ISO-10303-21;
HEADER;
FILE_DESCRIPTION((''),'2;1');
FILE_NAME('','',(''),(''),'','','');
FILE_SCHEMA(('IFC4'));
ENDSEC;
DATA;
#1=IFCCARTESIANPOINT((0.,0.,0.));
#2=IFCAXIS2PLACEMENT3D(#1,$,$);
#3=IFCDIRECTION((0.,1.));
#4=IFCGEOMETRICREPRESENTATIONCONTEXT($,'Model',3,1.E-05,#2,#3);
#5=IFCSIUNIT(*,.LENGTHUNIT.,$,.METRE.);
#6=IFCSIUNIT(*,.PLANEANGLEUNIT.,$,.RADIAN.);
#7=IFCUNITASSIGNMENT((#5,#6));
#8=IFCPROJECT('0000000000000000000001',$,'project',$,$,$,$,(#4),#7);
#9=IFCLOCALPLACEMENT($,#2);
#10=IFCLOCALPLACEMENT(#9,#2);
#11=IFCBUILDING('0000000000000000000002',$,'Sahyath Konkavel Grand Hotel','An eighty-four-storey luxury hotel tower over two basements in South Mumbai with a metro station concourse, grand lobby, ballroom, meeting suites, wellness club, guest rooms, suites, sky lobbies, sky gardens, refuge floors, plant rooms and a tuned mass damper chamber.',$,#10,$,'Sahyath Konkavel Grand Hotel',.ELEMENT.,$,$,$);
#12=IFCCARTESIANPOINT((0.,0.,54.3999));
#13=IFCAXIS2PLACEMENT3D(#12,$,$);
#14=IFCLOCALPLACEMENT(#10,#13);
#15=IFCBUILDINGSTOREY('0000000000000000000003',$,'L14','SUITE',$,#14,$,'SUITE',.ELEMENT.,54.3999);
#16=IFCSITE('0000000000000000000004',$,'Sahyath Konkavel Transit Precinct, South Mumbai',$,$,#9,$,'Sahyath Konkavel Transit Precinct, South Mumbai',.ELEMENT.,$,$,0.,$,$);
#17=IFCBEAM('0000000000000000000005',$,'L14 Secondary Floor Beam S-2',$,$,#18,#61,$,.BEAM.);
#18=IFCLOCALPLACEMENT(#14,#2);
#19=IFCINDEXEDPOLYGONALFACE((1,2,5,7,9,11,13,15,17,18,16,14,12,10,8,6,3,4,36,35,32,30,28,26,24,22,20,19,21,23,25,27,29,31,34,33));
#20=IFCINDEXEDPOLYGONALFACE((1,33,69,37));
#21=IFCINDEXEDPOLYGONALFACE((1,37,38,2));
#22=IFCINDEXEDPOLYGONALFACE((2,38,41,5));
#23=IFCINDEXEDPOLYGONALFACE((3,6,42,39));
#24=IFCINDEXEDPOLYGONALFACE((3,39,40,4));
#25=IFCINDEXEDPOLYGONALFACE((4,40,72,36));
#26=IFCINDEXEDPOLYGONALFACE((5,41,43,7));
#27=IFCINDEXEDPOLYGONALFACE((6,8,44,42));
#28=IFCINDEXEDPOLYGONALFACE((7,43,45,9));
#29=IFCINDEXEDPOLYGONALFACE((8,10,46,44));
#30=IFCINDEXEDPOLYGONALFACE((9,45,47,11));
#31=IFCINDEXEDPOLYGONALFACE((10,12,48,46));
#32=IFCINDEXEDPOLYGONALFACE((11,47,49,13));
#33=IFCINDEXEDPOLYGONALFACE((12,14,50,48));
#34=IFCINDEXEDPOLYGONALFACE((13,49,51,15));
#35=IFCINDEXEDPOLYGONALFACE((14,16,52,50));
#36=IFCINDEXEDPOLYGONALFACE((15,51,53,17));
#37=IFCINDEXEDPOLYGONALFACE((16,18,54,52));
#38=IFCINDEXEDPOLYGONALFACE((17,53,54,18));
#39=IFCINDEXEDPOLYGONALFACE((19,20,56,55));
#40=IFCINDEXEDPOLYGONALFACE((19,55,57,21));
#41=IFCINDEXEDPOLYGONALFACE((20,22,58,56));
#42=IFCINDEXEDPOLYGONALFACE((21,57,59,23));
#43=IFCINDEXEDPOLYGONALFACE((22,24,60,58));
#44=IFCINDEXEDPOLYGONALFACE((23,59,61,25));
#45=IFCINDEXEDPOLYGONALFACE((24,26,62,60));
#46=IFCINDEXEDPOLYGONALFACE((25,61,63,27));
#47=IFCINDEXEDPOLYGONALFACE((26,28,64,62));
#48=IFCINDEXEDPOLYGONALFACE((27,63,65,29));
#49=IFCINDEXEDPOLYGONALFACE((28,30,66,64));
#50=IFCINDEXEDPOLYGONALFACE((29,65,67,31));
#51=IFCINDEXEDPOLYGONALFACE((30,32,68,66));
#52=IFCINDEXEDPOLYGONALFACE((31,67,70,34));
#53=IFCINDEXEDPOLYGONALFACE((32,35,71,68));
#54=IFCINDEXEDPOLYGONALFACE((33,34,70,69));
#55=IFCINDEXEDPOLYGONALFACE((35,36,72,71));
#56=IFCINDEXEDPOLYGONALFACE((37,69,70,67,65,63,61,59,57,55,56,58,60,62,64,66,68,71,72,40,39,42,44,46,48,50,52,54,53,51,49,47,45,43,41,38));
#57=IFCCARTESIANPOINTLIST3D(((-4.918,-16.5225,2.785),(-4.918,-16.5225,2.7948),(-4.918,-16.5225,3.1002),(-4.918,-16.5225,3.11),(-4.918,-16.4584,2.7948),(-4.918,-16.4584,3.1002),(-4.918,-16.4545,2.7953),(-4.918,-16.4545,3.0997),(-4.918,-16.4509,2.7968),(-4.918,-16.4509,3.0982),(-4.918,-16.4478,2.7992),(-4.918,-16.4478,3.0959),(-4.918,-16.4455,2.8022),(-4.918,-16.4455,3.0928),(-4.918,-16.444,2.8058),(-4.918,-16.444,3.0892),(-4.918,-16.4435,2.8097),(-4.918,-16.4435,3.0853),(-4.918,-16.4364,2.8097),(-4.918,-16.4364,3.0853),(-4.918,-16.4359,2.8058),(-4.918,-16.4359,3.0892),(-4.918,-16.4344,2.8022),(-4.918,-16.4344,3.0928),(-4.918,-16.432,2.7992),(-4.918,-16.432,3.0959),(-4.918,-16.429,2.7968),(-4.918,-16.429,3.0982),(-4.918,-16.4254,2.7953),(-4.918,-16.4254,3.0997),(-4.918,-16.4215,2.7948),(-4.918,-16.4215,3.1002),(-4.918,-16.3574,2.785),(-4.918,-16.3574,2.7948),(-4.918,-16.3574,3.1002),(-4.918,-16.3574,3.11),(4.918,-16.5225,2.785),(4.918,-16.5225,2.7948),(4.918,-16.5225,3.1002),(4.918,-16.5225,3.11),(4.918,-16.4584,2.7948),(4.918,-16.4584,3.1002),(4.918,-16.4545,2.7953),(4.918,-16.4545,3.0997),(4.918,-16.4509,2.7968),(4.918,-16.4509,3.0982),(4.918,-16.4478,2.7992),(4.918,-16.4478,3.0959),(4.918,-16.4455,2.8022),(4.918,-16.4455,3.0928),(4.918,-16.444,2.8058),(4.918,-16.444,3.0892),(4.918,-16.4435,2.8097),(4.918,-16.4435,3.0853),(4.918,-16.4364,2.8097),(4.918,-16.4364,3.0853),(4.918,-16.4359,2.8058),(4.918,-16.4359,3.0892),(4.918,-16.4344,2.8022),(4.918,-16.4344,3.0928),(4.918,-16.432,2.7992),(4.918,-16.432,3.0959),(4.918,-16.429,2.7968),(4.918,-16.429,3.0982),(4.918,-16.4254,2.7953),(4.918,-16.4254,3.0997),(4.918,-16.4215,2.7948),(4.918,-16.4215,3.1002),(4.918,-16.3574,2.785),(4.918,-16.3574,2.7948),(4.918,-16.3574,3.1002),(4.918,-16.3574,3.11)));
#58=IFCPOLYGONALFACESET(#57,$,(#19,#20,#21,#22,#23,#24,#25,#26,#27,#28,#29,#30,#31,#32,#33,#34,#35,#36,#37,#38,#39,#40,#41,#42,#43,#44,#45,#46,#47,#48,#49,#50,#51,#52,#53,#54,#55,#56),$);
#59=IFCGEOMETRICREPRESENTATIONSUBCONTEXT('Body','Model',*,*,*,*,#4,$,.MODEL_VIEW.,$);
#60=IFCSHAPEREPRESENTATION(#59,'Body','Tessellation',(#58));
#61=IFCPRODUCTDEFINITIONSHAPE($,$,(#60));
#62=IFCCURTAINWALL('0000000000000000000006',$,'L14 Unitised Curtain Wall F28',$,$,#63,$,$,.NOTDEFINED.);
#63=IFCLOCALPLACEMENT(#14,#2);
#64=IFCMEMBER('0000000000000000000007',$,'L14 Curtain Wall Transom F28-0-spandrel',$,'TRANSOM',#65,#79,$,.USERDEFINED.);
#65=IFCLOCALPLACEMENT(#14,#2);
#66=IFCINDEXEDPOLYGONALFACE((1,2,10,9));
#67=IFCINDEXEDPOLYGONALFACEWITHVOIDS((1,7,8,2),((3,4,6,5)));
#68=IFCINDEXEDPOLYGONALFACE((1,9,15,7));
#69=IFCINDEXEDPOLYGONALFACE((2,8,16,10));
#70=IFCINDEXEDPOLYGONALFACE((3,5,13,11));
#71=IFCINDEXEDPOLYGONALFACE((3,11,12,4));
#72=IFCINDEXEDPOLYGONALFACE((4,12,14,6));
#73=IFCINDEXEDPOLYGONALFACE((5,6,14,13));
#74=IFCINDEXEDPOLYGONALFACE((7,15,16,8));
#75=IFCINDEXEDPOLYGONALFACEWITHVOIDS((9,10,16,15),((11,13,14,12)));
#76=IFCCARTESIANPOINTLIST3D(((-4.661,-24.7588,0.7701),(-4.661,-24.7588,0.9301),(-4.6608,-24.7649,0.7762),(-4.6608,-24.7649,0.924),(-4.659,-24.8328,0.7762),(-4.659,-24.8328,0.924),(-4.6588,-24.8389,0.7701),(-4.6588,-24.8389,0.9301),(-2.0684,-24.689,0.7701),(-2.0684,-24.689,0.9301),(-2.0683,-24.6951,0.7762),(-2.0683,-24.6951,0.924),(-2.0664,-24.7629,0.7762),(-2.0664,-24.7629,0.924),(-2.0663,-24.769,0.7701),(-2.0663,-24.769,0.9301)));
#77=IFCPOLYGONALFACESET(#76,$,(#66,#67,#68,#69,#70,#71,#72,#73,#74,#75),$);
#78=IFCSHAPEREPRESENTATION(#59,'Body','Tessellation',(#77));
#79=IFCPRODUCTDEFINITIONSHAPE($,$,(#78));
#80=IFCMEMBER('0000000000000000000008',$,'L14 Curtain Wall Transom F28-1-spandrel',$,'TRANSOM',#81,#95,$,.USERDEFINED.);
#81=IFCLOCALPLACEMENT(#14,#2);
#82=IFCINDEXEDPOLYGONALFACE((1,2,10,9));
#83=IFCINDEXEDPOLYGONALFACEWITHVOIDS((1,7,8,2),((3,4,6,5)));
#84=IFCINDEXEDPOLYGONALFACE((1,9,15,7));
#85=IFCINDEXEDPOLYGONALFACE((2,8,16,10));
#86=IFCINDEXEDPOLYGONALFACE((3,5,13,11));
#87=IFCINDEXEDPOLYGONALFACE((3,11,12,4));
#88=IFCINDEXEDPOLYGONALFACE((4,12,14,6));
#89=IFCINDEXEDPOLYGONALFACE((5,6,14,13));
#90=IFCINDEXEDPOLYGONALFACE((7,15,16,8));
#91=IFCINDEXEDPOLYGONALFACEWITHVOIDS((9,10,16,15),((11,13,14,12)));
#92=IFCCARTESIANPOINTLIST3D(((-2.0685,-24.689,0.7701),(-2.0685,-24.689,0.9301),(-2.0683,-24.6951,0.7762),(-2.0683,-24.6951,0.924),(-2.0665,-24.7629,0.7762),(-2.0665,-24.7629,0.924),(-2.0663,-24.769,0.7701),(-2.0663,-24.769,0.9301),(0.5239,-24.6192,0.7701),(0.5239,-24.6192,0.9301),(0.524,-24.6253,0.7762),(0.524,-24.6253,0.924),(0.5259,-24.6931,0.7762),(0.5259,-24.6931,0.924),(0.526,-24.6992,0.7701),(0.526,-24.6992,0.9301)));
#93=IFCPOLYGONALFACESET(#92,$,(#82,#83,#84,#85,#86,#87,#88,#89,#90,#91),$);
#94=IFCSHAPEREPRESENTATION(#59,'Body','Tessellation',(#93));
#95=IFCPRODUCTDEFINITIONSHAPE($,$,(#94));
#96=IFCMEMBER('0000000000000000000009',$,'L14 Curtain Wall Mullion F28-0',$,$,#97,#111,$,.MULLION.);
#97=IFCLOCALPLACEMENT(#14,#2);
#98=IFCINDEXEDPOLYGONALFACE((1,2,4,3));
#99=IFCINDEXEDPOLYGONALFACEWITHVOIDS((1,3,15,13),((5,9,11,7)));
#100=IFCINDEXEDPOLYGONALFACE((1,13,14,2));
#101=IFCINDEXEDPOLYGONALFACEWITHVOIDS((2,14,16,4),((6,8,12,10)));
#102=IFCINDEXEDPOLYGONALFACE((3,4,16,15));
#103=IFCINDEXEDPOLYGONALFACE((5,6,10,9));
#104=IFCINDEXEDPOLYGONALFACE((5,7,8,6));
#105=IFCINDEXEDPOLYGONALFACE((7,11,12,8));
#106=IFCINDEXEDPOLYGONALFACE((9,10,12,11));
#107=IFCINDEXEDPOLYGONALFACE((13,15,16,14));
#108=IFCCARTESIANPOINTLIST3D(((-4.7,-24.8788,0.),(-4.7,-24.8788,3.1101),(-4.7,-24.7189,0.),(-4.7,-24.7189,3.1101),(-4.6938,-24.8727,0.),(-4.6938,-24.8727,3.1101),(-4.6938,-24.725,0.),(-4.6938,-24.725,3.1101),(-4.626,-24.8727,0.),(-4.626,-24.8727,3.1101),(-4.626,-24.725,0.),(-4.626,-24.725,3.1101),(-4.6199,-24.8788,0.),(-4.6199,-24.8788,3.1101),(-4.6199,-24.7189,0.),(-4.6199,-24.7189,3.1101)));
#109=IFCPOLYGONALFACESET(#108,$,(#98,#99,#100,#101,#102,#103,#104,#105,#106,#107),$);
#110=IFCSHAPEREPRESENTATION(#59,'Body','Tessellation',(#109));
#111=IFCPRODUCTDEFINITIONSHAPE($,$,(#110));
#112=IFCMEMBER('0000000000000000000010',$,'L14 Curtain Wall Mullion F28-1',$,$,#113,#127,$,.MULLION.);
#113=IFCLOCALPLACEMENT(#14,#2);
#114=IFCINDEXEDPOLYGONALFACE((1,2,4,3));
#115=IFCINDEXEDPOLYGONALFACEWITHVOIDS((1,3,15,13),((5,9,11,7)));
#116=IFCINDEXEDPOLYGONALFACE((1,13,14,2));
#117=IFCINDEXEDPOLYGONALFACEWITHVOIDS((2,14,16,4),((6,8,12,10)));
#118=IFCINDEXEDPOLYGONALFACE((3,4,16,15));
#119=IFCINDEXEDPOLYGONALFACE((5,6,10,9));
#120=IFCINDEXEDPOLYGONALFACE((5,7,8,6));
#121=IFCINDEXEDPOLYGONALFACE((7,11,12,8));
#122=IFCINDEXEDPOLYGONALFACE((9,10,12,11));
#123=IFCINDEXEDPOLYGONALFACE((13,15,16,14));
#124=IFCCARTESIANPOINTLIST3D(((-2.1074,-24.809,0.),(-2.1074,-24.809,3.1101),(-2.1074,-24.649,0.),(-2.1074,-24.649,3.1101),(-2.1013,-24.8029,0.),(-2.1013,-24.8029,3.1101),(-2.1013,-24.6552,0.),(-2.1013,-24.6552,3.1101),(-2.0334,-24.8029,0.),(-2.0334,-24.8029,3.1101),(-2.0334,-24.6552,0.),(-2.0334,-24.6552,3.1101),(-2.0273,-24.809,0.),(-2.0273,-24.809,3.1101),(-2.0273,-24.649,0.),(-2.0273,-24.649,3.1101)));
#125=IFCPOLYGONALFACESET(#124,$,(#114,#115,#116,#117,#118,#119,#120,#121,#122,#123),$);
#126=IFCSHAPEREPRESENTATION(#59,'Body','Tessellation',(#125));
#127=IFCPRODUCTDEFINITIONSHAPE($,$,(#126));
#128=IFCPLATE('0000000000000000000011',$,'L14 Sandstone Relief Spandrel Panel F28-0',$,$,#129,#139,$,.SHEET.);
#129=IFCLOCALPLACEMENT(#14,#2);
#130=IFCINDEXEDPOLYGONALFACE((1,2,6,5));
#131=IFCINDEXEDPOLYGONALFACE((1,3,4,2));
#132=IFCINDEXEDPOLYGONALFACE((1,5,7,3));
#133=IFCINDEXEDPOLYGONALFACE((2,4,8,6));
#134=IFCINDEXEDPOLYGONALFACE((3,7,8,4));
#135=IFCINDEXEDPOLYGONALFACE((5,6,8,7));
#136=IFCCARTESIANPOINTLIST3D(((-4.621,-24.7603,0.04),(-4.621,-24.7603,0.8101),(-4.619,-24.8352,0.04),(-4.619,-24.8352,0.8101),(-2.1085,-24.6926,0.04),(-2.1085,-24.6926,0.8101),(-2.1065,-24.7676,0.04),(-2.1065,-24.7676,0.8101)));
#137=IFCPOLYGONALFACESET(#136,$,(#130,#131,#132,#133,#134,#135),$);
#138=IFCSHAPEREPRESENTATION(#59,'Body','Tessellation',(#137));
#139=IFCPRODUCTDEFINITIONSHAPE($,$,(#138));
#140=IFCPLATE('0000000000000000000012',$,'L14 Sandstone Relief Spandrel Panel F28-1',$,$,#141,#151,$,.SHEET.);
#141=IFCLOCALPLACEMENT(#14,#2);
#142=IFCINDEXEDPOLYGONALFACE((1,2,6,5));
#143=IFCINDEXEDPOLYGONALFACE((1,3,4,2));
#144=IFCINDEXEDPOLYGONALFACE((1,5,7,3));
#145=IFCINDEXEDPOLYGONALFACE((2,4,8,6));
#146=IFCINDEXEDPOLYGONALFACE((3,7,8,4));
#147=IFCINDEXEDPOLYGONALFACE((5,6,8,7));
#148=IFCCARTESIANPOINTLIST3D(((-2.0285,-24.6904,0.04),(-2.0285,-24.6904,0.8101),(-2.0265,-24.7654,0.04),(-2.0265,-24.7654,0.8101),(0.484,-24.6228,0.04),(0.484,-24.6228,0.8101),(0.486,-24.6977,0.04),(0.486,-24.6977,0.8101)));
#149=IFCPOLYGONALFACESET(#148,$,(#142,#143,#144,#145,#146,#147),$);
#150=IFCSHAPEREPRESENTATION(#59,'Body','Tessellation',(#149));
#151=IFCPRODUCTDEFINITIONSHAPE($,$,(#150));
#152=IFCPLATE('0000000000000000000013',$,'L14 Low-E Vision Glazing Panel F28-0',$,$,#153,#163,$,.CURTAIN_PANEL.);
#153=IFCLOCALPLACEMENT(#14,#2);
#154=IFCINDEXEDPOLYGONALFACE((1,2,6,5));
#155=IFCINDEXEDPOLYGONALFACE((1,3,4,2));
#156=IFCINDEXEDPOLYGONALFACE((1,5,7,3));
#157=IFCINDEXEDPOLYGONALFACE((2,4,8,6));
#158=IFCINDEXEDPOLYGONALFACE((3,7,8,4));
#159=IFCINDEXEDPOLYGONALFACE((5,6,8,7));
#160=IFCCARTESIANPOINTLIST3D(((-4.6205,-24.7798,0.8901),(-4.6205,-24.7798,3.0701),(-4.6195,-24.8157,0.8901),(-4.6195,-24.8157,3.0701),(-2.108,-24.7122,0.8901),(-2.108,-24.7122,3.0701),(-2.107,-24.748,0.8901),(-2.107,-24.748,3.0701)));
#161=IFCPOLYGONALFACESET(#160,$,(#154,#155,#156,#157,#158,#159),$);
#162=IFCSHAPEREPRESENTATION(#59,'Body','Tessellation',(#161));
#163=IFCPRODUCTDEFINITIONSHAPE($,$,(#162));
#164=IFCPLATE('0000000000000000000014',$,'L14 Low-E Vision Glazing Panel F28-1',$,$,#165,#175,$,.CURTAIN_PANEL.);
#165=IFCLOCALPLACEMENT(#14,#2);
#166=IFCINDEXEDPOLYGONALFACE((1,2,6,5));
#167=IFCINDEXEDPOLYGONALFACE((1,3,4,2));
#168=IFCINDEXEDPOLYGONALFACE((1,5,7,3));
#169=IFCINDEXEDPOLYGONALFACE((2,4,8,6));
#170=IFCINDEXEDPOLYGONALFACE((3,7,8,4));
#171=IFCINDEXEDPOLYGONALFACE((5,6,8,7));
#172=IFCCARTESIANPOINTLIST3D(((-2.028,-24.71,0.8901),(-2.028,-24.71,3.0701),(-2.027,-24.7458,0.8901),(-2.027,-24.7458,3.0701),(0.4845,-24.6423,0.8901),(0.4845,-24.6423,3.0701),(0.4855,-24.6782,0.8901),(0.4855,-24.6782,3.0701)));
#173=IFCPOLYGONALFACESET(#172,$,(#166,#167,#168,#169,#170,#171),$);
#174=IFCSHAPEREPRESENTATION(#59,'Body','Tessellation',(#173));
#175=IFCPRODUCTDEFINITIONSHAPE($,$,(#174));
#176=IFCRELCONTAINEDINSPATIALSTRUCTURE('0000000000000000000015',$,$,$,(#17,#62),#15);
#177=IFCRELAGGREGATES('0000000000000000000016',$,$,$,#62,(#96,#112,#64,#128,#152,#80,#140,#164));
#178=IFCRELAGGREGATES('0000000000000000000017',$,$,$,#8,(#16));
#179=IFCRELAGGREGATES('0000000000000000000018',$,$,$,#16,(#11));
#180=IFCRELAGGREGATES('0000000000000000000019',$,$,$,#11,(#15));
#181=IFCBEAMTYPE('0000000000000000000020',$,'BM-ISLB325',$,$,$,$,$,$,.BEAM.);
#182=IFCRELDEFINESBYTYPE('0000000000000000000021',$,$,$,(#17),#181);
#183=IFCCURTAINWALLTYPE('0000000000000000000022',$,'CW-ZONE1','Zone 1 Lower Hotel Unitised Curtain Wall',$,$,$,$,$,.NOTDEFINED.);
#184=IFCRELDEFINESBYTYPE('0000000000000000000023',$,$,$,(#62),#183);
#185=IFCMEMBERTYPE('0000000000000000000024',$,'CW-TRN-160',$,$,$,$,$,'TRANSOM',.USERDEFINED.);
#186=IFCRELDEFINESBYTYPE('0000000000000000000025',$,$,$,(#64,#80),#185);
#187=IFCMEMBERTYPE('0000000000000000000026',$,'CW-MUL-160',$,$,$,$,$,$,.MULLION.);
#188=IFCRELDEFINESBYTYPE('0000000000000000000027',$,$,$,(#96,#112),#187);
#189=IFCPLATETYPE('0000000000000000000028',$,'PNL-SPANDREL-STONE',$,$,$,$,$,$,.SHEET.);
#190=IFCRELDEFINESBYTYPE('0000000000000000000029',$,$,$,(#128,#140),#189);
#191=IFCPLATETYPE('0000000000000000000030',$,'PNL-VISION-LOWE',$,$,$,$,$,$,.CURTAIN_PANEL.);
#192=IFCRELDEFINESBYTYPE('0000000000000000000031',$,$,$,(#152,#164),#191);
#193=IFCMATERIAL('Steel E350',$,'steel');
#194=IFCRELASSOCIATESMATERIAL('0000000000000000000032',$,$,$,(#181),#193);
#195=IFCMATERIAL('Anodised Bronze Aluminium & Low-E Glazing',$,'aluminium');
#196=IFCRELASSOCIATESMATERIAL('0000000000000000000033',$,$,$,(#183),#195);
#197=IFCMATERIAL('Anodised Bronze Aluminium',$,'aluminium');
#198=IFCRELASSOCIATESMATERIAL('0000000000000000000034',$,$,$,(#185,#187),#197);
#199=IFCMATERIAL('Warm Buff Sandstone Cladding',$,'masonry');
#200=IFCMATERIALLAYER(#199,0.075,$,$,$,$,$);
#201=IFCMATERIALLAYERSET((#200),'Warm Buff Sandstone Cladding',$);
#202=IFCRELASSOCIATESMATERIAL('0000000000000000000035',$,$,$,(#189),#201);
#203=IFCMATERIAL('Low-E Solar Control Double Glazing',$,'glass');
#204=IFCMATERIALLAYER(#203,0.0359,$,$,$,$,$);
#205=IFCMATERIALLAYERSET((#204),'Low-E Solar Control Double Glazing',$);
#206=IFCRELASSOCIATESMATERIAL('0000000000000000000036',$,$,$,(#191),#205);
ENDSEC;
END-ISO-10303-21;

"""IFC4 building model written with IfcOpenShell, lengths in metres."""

from ifc_helpers import new_model, si_unit, direction, frame, origin, origin_2d, place, context, subcontext, project, spatial, rectangle, hollow_rectangle, i_section, extrude, source, transform, mapped, material, layer, layer_set, material_profile, profile_set, type_object, element, aggregate, save


model = new_model("IFC4")

# Units and contexts
model_context = context("Model", 3, precision=1e-05, world=origin(), true_north=direction((0.0, 1.0)))
body_context = subcontext(model_context, "Body", "Model", "MODEL_VIEW")
ifc_project = project(units=[si_unit("LENGTHUNIT", "METRE"), si_unit("PLANEANGLEUNIT", "RADIAN")], contexts=[model_context])

# Site, building, storey
site_placement = place(None, origin())
site = spatial("IfcSite", under=ifc_project, at=site_placement, Name="Sahyath Konkavel Transit Precinct, South Mumbai", LongName="Sahyath Konkavel Transit Precinct, South Mumbai", CompositionType="ELEMENT", RefElevation=0.0)
building_placement = place(site_placement, origin())
building = spatial("IfcBuilding", under=site, at=building_placement, Name="Sahyath Konkavel Grand Hotel", Description="An eighty-four-storey luxury hotel tower over two basements in South Mumbai with a metro station concourse, grand lobby, ballroom, meeting suites, wellness club, guest rooms, suites, sky lobbies, sky gardens, refuge floors, plant rooms and a tuned mass damper chamber.", LongName="Sahyath Konkavel Grand Hotel", CompositionType="ELEMENT")
storey_placement = place(building_placement, frame((0.0, 0.0, 54.3999)))
storey = spatial("IfcBuildingStorey", under=building, at=storey_placement, Name="L14", Description="SUITE", LongName="SUITE", CompositionType="ELEMENT", Elevation=54.3999)

# Beam
ifc_material_1 = material(Name="Steel E350", Category="steel")
ifc_material_profile_1 = material_profile(ifc_material_1, i_section(OverallWidth=0.165, OverallDepth=0.325, WebThickness=0.0071, FlangeThickness=0.0098, FilletRadius=0.0149, at=origin_2d()), Name="ISLB 325")
ifc_profile_set_1 = profile_set([ifc_material_profile_1], Name="Steel E350")
beam_type_1 = type_object("IfcBeamType", Name="BM-ISLB325", PredefinedType="BEAM", material=ifc_profile_set_1)
shared_shape_1 = source(origin(), body_context, "Body", "SweptSolid", [
    extrude(i_section(OverallWidth=0.165, OverallDepth=0.325, WebThickness=0.0071, FlangeThickness=0.0098, FilletRadius=0.0149, at=origin_2d()), origin(), (0.0, 0.0, 1.0), 9.8359),
])
beam_1_placement = place(storey_placement, frame((-4.918, -16.4399, 2.9475), z_axis=(1.0, 0.0, 0.0), x_axis=(0.0, 1.0, 0.0)))
element("IfcBeam", 1, at=beam_1_placement, inside=storey, type_object=beam_type_1, Name="L14 Secondary Floor Beam S-2", PredefinedType="BEAM", context=body_context, shape_type="MappedRepresentation", body=[
    mapped(shared_shape_1, transform((0.0, 0.0, 0.0), scale=1.0)),
])

# Curtain wall, members, plates
ifc_material_2 = material(Name="Anodised Bronze Aluminium & Low-E Glazing", Category="aluminium")
curtain_wall_type = type_object("IfcCurtainWallType", Name="CW-ZONE1", Description="Zone 1 Lower Hotel Unitised Curtain Wall", PredefinedType="NOTDEFINED", material=ifc_material_2)
curtain_wall_placement = place(storey_placement, origin())
curtain_wall = element("IfcCurtainWall", 2, at=curtain_wall_placement, inside=storey, type_object=curtain_wall_type, Name="L14 Unitised Curtain Wall F28", PredefinedType="NOTDEFINED")
ifc_material_3 = material(Name="Anodised Bronze Aluminium", Category="aluminium")
ifc_material_profile_2 = material_profile(ifc_material_3, hollow_rectangle(XDim=0.0801, YDim=0.1599, WallThickness=0.0061, at=origin_2d()), Name="RHS 160x80x6")
ifc_profile_set_2 = profile_set([ifc_material_profile_2], Name="Anodised Bronze Aluminium")
member_type_1 = type_object("IfcMemberType", Name="CW-TRN-160", ElementType="TRANSOM", PredefinedType="USERDEFINED", material=ifc_profile_set_2)
shared_shape_2 = source(origin(), body_context, "Body", "SweptSolid", [
    extrude(hollow_rectangle(XDim=0.0801, YDim=0.1599, WallThickness=0.0061, at=origin_2d()), origin(), (0.0, 0.0, 1.0), 2.5935),
])
member_1_placement = place(storey_placement, frame((-4.6599, -24.7988, 0.8501), z_axis=(0.999638, 0.026923, 0.0), x_axis=(-0.026923, 0.999638, 0.0)))
member_1 = element("IfcMember", 3, at=member_1_placement, type_object=member_type_1, Name="L14 Curtain Wall Transom F28-0-spandrel", ObjectType="TRANSOM", PredefinedType="USERDEFINED", context=body_context, shape_type="MappedRepresentation", body=[
    mapped(shared_shape_2, transform((0.0, 0.0, 0.0), scale=1.0)),
])
shared_shape_3 = source(origin(), body_context, "Body", "SweptSolid", [
    extrude(hollow_rectangle(XDim=0.0801, YDim=0.1599, WallThickness=0.0061, at=origin_2d()), origin(), (0.0, 0.0, 1.0), 2.5933),
])
member_2_placement = place(storey_placement, frame((-2.0674, -24.729, 0.8501), z_axis=(0.999637, 0.026926, 0.0), x_axis=(-0.026926, 0.999637, 0.0)))
member_2 = element("IfcMember", 4, at=member_2_placement, type_object=member_type_1, Name="L14 Curtain Wall Transom F28-1-spandrel", ObjectType="TRANSOM", PredefinedType="USERDEFINED", context=body_context, shape_type="MappedRepresentation", body=[
    mapped(shared_shape_3, transform((0.0, 0.0, 0.0), scale=1.0)),
])
ifc_material_profile_3 = material_profile(ifc_material_3, hollow_rectangle(XDim=0.0801, YDim=0.1599, WallThickness=0.0061, at=origin_2d()), Name="RHS 160x80x6")
ifc_profile_set_3 = profile_set([ifc_material_profile_3], Name="Anodised Bronze Aluminium")
member_type_2 = type_object("IfcMemberType", Name="CW-MUL-160", PredefinedType="MULLION", material=ifc_profile_set_3)
shared_shape_4 = source(origin(), body_context, "Body", "SweptSolid", [
    extrude(hollow_rectangle(XDim=0.0801, YDim=0.1599, WallThickness=0.0061, at=origin_2d()), origin(), (0.0, 0.0, 1.0), 3.1101),
])
member_3_placement = place(storey_placement, frame((-4.6599, -24.7988, 0.0), z_axis=(0.0, 0.0, 1.0), x_axis=(1.0, 0.0, 0.0)))
member_3 = element("IfcMember", 5, at=member_3_placement, type_object=member_type_2, Name="L14 Curtain Wall Mullion F28-0", PredefinedType="MULLION", context=body_context, shape_type="MappedRepresentation", body=[
    mapped(shared_shape_4, transform((0.0, 0.0, 0.0), scale=1.0)),
])
member_4_placement = place(storey_placement, frame((-2.0674, -24.729, 0.0), z_axis=(0.0, 0.0, 1.0), x_axis=(1.0, 0.0, 0.0)))
member_4 = element("IfcMember", 6, at=member_4_placement, type_object=member_type_2, Name="L14 Curtain Wall Mullion F28-1", PredefinedType="MULLION", context=body_context, shape_type="MappedRepresentation", body=[
    mapped(shared_shape_4, transform((0.0, 0.0, 0.0), scale=1.0)),
])
ifc_material_4 = material(Name="Warm Buff Sandstone Cladding", Category="masonry")
ifc_layer_1 = layer(ifc_material_4, 0.075)
ifc_layer_set_1 = layer_set([ifc_layer_1], Name="Warm Buff Sandstone Cladding")
plate_type_1 = type_object("IfcPlateType", Name="PNL-SPANDREL-STONE", PredefinedType="SHEET", material=ifc_layer_set_1)
shared_shape_5 = source(origin(), body_context, "Body", "SweptSolid", [
    extrude(rectangle(XDim=2.5134, YDim=0.075, at=origin_2d()), origin(), (0.0, 0.0, 1.0), 0.77),
])
plate_1_placement = place(storey_placement, frame((-3.3638, -24.7639, 0.04), z_axis=(0.0, 0.0, 1.0), x_axis=(0.999638, 0.02691, 0.0)))
plate_1 = element("IfcPlate", 7, at=plate_1_placement, type_object=plate_type_1, Name="L14 Sandstone Relief Spandrel Panel F28-0", PredefinedType="SHEET", context=body_context, shape_type="MappedRepresentation", body=[
    mapped(shared_shape_5, transform((0.0, 0.0, 0.0), scale=1.0)),
])
plate_2_placement = place(storey_placement, frame((-0.7712, -24.6941, 0.04), z_axis=(0.0, 0.0, 1.0), x_axis=(0.999638, 0.02691, 0.0)))
plate_2 = element("IfcPlate", 8, at=plate_2_placement, type_object=plate_type_1, Name="L14 Sandstone Relief Spandrel Panel F28-1", PredefinedType="SHEET", context=body_context, shape_type="MappedRepresentation", body=[
    mapped(shared_shape_5, transform((0.0, 0.0, 0.0), scale=1.0)),
])
ifc_material_5 = material(Name="Low-E Solar Control Double Glazing", Category="glass")
ifc_layer_2 = layer(ifc_material_5, 0.0359)
ifc_layer_set_2 = layer_set([ifc_layer_2], Name="Low-E Solar Control Double Glazing")
plate_type_2 = type_object("IfcPlateType", Name="PNL-VISION-LOWE", PredefinedType="CURTAIN_PANEL", material=ifc_layer_set_2)
shared_shape_6 = source(origin(), body_context, "Body", "SweptSolid", [
    extrude(rectangle(XDim=2.5134, YDim=0.0359, at=origin_2d()), origin(), (0.0, 0.0, 1.0), 2.1799),
])
plate_3_placement = place(storey_placement, frame((-3.3638, -24.7639, 0.8901), z_axis=(0.0, 0.0, 1.0), x_axis=(0.999638, 0.02691, 0.0)))
plate_3 = element("IfcPlate", 9, at=plate_3_placement, type_object=plate_type_2, Name="L14 Low-E Vision Glazing Panel F28-0", PredefinedType="CURTAIN_PANEL", context=body_context, shape_type="MappedRepresentation", body=[
    mapped(shared_shape_6, transform((0.0, 0.0, 0.0), scale=1.0)),
])
plate_4_placement = place(storey_placement, frame((-0.7712, -24.6941, 0.8901), z_axis=(0.0, 0.0, 1.0), x_axis=(0.999638, 0.02691, 0.0)))
plate_4 = element("IfcPlate", 10, at=plate_4_placement, type_object=plate_type_2, Name="L14 Low-E Vision Glazing Panel F28-1", PredefinedType="CURTAIN_PANEL", context=body_context, shape_type="MappedRepresentation", body=[
    mapped(shared_shape_6, transform((0.0, 0.0, 0.0), scale=1.0)),
])
aggregate(curtain_wall, [member_3, member_4, member_1, plate_1, plate_3, member_2, plate_2, plate_4])

save(model, "model.ifc")
